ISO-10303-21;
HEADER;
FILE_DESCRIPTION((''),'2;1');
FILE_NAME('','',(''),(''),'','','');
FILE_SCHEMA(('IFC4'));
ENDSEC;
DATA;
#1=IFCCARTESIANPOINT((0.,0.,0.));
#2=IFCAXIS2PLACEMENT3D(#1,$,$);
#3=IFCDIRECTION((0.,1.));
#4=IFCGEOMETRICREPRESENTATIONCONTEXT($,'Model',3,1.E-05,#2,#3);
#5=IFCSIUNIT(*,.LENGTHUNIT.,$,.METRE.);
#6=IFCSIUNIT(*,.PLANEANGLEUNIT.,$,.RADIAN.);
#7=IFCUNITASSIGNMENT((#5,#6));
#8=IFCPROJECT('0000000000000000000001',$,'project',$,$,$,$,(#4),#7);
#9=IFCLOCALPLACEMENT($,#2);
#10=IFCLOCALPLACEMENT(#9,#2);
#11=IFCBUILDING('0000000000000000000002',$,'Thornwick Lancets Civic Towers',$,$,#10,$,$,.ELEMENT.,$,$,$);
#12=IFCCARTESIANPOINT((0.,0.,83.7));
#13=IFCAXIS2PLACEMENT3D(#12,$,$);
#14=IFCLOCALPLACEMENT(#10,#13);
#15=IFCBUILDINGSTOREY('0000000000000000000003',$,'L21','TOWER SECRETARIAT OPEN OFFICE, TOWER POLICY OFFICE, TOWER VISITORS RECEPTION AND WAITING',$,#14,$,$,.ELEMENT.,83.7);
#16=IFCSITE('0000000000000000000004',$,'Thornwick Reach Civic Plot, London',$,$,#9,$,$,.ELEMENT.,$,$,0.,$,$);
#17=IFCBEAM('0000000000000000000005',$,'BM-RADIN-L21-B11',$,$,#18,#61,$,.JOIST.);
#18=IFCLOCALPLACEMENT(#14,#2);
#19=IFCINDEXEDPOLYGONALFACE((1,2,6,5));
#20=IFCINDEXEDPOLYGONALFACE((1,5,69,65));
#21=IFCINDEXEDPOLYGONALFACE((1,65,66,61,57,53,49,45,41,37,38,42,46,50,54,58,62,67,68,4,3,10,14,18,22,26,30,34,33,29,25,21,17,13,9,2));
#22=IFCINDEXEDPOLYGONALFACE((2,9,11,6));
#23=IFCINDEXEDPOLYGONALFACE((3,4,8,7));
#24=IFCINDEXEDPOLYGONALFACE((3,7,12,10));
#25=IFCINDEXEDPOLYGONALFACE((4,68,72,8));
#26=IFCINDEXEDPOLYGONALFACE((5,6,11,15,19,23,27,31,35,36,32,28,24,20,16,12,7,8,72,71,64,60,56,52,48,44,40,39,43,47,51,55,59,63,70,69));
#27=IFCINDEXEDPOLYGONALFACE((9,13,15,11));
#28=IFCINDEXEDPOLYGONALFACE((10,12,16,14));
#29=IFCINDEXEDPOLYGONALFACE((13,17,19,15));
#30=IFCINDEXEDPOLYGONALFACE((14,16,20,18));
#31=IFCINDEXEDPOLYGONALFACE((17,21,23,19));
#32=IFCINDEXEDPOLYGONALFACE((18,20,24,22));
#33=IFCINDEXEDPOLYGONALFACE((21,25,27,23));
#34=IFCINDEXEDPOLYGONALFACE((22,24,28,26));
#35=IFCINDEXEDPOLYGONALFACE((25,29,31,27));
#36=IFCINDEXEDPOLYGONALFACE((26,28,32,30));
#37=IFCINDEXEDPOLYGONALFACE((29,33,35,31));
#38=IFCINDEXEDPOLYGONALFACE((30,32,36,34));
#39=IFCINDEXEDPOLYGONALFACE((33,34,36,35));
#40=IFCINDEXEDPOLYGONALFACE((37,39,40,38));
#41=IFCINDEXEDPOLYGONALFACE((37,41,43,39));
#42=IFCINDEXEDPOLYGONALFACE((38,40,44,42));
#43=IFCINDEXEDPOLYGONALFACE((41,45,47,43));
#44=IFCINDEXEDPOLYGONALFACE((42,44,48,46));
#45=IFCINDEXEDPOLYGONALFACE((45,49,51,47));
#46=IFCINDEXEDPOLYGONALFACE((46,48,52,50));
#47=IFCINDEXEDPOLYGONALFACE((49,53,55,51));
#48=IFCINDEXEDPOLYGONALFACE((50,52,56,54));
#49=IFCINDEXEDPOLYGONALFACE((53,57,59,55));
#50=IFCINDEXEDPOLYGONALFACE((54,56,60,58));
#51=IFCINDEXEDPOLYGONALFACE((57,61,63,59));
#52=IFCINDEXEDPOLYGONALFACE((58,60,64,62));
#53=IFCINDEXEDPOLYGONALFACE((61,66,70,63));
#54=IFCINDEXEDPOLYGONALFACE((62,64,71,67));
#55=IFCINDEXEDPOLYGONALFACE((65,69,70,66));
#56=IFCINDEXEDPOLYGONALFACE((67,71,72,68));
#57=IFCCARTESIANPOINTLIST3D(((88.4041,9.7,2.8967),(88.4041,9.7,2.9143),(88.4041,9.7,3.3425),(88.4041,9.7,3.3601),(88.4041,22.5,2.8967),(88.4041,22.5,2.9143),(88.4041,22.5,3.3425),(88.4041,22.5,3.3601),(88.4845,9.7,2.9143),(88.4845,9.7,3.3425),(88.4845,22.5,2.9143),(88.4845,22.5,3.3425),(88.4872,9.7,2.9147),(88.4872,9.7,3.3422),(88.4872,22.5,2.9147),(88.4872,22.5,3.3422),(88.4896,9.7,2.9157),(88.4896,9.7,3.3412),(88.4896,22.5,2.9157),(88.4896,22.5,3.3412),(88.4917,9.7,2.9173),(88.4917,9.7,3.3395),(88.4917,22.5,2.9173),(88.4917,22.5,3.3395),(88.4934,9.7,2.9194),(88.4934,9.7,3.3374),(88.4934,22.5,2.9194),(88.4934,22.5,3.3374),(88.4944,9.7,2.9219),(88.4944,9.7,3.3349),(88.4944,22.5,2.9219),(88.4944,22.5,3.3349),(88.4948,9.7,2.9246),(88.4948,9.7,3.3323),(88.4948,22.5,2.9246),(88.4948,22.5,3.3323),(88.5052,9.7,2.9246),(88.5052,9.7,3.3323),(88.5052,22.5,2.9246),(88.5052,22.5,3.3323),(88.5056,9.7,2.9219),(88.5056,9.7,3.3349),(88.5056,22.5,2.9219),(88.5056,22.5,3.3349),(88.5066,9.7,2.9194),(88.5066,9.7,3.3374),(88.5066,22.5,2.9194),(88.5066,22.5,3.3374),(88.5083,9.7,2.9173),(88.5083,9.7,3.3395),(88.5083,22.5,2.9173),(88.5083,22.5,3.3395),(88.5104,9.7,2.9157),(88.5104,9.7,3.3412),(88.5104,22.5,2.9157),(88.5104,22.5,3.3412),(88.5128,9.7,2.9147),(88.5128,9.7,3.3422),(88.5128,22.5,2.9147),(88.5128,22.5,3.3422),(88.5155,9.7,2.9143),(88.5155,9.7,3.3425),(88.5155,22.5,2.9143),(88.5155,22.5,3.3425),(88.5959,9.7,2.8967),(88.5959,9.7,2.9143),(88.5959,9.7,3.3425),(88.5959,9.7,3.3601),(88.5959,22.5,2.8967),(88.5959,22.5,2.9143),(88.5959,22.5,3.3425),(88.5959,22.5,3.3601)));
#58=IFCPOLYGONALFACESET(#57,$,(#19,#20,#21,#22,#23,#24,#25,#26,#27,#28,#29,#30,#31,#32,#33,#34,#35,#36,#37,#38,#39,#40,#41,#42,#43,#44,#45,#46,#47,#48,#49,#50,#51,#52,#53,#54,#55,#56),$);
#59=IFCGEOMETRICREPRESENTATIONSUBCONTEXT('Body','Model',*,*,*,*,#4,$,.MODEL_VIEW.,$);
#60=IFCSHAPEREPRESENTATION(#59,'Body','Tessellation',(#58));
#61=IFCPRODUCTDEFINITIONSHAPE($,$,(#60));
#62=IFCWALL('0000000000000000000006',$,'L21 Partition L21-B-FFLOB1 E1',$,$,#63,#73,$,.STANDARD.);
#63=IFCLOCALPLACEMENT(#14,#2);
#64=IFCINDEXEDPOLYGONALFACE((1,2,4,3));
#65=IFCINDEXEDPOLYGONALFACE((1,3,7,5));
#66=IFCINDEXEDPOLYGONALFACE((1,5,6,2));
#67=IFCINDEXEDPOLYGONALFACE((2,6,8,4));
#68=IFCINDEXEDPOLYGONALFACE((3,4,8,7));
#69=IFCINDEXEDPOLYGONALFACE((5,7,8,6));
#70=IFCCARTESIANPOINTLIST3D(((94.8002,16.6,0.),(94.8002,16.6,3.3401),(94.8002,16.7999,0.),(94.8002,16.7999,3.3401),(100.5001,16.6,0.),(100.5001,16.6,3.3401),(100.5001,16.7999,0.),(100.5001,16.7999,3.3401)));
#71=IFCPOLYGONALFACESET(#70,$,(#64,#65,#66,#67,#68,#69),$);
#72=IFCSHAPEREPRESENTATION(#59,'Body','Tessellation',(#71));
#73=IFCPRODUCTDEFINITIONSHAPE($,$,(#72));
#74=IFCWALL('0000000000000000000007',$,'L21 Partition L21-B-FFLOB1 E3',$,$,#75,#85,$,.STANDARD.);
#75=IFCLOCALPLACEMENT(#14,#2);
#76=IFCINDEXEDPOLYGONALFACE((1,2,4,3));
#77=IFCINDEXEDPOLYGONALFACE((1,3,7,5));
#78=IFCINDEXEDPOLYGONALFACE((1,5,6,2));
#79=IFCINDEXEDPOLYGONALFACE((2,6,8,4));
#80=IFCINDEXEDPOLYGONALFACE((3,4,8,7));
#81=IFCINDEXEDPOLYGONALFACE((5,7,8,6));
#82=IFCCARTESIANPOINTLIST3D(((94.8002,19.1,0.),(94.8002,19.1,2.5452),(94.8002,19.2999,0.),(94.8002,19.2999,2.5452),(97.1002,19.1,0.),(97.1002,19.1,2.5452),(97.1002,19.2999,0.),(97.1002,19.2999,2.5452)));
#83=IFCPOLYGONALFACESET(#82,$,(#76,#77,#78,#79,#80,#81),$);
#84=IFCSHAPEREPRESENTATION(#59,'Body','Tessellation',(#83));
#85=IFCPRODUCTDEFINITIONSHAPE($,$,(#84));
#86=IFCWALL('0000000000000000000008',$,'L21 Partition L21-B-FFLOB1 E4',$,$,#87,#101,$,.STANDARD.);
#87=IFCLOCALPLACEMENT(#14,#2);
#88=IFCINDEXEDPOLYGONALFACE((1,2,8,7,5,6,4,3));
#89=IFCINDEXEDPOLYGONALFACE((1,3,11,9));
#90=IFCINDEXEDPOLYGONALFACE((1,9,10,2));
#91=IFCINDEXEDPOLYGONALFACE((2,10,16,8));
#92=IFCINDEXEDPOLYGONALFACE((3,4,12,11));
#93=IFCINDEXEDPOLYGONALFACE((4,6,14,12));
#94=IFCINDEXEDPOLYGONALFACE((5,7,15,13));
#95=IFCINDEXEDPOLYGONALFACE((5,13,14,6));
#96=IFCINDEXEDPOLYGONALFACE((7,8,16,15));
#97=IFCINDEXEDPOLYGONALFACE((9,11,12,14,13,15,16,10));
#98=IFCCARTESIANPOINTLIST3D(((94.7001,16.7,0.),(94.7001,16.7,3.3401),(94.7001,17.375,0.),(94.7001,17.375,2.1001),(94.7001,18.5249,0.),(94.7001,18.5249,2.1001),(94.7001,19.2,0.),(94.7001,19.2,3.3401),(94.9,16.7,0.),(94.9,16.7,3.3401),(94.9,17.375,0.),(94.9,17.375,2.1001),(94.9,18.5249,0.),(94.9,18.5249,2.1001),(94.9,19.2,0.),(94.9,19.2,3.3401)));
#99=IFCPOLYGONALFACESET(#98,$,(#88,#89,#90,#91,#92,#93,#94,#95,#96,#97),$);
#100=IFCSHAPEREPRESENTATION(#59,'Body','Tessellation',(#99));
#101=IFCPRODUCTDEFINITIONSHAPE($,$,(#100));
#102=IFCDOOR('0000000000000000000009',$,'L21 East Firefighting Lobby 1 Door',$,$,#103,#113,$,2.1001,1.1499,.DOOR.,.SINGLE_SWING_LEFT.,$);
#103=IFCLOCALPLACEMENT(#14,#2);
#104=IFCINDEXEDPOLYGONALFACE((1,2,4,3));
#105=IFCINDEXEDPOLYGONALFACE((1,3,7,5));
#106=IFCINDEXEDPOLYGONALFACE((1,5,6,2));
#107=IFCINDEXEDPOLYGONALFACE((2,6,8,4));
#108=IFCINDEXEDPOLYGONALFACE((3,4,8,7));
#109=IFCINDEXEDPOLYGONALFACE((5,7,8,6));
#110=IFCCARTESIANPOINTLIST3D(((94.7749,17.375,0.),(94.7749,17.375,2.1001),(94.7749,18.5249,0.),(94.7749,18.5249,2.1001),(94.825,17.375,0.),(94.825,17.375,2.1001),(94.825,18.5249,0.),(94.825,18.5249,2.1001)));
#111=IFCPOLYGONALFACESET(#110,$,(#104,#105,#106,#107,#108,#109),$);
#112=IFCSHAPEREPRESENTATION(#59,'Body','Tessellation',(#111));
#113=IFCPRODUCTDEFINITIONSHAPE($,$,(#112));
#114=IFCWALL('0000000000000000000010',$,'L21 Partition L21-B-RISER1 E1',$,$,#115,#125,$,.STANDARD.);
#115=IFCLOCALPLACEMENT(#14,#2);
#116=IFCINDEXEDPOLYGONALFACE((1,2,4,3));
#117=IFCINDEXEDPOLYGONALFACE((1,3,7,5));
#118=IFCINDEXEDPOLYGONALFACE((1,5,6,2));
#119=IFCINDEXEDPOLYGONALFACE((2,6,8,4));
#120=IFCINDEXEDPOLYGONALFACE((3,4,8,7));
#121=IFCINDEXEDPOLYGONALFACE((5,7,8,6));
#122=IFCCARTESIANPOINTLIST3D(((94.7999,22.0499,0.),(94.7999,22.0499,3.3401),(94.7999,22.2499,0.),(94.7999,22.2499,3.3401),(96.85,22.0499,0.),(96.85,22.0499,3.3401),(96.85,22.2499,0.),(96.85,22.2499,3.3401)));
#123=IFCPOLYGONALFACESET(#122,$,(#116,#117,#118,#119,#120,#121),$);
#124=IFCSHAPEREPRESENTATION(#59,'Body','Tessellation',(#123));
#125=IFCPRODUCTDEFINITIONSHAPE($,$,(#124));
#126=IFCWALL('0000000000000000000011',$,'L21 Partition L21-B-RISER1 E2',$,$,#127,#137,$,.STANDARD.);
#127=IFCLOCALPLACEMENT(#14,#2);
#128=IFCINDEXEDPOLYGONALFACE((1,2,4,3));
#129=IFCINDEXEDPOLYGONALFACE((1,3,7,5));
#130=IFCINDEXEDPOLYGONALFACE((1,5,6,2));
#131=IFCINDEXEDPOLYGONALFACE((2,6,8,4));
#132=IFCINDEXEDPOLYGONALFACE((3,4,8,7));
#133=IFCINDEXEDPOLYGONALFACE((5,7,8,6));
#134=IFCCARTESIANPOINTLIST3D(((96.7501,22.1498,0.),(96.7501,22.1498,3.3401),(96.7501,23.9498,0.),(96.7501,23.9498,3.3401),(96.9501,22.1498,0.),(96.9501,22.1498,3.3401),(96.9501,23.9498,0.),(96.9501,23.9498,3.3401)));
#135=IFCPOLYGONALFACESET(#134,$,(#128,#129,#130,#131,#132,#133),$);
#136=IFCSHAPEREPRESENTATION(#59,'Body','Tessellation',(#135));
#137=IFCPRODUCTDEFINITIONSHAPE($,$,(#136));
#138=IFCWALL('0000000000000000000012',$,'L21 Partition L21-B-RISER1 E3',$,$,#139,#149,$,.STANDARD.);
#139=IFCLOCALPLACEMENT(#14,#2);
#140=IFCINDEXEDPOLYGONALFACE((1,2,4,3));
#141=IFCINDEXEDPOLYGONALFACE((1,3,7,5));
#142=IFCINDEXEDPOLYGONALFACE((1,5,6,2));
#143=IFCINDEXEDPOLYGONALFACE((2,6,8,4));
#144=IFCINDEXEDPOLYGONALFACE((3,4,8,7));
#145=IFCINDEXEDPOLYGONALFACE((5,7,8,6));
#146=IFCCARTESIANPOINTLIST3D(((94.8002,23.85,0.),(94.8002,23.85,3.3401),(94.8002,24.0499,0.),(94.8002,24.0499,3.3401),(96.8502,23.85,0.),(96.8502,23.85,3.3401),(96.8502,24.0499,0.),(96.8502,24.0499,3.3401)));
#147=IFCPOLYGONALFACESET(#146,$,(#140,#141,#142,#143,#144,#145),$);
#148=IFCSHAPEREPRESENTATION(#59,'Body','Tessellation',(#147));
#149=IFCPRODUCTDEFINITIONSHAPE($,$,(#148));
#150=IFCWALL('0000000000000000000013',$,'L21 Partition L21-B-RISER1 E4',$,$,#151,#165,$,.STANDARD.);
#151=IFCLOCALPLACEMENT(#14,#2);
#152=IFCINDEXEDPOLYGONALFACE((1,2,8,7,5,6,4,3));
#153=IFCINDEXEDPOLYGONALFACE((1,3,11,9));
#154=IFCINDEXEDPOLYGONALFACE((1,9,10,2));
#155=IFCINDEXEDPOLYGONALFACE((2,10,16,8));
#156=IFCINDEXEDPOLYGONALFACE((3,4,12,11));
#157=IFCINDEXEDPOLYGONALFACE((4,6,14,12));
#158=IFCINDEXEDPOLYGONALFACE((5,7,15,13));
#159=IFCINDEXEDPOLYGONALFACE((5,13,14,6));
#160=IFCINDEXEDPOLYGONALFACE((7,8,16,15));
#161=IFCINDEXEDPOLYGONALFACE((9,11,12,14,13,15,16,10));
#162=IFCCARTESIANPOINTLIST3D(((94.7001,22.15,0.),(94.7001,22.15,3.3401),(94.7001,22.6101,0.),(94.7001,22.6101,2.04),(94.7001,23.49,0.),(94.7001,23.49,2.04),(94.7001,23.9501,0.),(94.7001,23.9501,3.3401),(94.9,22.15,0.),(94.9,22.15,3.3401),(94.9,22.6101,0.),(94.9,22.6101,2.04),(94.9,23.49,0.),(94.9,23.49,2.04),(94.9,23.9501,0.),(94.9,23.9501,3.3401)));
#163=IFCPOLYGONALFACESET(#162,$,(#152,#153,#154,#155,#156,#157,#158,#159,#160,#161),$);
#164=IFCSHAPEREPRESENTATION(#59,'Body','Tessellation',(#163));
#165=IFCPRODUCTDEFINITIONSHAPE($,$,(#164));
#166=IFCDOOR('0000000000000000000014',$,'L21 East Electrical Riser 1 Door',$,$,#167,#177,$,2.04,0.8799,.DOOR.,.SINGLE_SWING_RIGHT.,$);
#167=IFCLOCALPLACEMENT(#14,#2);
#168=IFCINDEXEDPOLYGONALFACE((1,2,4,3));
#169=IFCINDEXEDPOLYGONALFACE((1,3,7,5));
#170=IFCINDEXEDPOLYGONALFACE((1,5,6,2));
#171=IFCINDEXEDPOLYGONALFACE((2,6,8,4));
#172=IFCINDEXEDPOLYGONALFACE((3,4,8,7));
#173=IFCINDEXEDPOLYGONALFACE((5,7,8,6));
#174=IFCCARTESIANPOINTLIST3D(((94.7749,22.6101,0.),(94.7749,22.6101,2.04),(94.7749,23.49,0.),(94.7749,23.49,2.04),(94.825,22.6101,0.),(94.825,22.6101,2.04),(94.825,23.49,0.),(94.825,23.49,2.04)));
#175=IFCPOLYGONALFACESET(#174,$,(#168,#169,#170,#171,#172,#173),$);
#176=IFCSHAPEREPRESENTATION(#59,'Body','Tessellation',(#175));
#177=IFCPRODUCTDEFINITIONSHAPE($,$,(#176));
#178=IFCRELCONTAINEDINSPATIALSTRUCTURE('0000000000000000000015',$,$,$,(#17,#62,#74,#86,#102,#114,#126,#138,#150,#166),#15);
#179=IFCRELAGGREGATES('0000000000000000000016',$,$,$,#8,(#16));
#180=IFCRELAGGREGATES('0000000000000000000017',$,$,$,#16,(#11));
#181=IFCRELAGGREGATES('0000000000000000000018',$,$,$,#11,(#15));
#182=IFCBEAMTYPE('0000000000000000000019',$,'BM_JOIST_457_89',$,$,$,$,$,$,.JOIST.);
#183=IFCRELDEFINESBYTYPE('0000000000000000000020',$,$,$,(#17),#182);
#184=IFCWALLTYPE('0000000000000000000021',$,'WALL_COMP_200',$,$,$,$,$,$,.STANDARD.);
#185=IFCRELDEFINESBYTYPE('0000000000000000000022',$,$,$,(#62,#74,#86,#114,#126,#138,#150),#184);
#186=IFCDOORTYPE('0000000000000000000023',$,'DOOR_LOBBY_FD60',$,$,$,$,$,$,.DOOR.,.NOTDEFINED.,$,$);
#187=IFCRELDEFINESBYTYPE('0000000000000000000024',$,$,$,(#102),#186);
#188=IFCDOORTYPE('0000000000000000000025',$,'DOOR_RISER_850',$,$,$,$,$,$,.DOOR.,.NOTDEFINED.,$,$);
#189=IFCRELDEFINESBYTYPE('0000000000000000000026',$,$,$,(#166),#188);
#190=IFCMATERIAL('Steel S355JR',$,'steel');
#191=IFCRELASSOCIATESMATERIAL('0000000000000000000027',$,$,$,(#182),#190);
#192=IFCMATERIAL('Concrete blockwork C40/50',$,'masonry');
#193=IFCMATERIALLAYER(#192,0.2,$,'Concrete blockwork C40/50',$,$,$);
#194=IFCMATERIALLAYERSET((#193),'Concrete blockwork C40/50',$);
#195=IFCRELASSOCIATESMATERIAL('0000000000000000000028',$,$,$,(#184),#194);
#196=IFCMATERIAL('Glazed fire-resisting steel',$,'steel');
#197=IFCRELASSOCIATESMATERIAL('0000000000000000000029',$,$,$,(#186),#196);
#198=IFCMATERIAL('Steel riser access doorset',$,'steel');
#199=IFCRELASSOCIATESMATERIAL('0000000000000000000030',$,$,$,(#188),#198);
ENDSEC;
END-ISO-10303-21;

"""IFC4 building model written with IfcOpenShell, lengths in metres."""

from ifc_helpers import new_model, si_unit, direction, frame, frame_2d, origin, origin_2d, place, context, subcontext, project, spatial, rectangle, i_section, extrude, material, layer, layer_set, material_profile, profile_set, type_object, element, fill, save


model = new_model("IFC4")

# Units and contexts
model_context = context("Model", 3, precision=1e-05, world=origin(), true_north=direction((0.0, 1.0)))
body_context = subcontext(model_context, "Body", "Model", "MODEL_VIEW")
ifc_project = project(units=[si_unit("LENGTHUNIT", "METRE"), si_unit("PLANEANGLEUNIT", "RADIAN")], contexts=[model_context])

# Site, building, storey
site_placement = place(None, origin())
site = spatial("IfcSite", under=ifc_project, at=site_placement, Name="Thornwick Reach Civic Plot, London", CompositionType="ELEMENT", RefElevation=0.0)
building_placement = place(site_placement, origin())
building = spatial("IfcBuilding", under=site, at=building_placement, Name="Thornwick Lancets Civic Towers", CompositionType="ELEMENT")
storey_placement = place(building_placement, frame((0.0, 0.0, 83.7)))
storey = spatial("IfcBuildingStorey", under=building, at=storey_placement, Name="L21", Description="TOWER SECRETARIAT OPEN OFFICE, TOWER POLICY OFFICE, TOWER VISITORS RECEPTION AND WAITING", CompositionType="ELEMENT", Elevation=83.7)

# Beam
ifc_material_1 = material(Name="Steel S355JR", Category="steel")
ifc_material_profile_1 = material_profile(ifc_material_1, i_section(OverallWidth=0.1919, OverallDepth=0.4634, WebThickness=0.0105, FlangeThickness=0.0176, FilletRadius=0.0103, at=origin_2d()), Name="UKB 457x191x89")
ifc_profile_set_1 = profile_set([ifc_material_profile_1], Name="Steel S355JR")
beam_type_1 = type_object("IfcBeamType", Name="BM_JOIST_457_89", PredefinedType="JOIST", material=ifc_profile_set_1)
for number, where, z_axis, x_axis, name in (
    (1, (88.5, 22.5, 3.1284), (0.0, -1.0, 0.0), (1.0, 0.0, 0.0), "BM-RADIN-L21-B11"),
):
    element("IfcBeam", number, at=place(storey_placement, frame(where, z_axis=z_axis, x_axis=x_axis)), inside=storey, type_object=beam_type_1, Name=name, PredefinedType="JOIST", context=body_context, shape_type="SweptSolid", body=[
        extrude(i_section(OverallWidth=0.1919, OverallDepth=0.4634, WebThickness=0.0105, FlangeThickness=0.0176, FilletRadius=0.0103, at=origin_2d()), origin(), (0.0, 0.0, 1.0), 12.8),
    ])

# Walls
ifc_material_2 = material(Name="Concrete blockwork C40/50", Category="masonry")
ifc_layer_1 = layer(ifc_material_2, 0.2, Name="Concrete blockwork C40/50")
ifc_layer_set_1 = layer_set([ifc_layer_1], Name="Concrete blockwork C40/50")
wall_type_1 = type_object("IfcWallType", Name="WALL_COMP_200", PredefinedType="STANDARD", material=ifc_layer_set_1)
wall_1_placement = place(storey_placement, frame((94.8, 16.7, 0.0), z_axis=(0.0, 0.0, 1.0), x_axis=(1.0, 0.0, 0.0)))
element("IfcWall", 2, at=wall_1_placement, inside=storey, type_object=wall_type_1, Name="L21 Partition L21-B-FFLOB1 E1", PredefinedType="STANDARD", context=body_context, shape_type="SweptSolid", body=[
    extrude(rectangle(XDim=5.7, YDim=0.2, at=frame_2d((2.8501, 0.0))), origin(), (0.0, 0.0, 1.0), 3.3401),
])
wall_2_placement = place(storey_placement, frame((97.1001, 19.2, 0.0), z_axis=(0.0, 0.0, 1.0), x_axis=(-1.0, 0.0, 0.0)))
element("IfcWall", 3, at=wall_2_placement, inside=storey, type_object=wall_type_1, Name="L21 Partition L21-B-FFLOB1 E3", PredefinedType="STANDARD", context=body_context, shape_type="SweptSolid", body=[
    extrude(rectangle(XDim=2.3, YDim=0.2, at=frame_2d((1.1499, 0.0))), origin(), (0.0, 0.0, 1.0), 2.5452),
])

# Wall, opening, door
wall_3_placement = place(storey_placement, frame((94.8, 19.2, 0.0), z_axis=(0.0, 0.0, 1.0), x_axis=(0.0, -1.0, 0.0)))
wall_3 = element("IfcWall", 4, at=wall_3_placement, inside=storey, type_object=wall_type_1, Name="L21 Partition L21-B-FFLOB1 E4", PredefinedType="STANDARD", context=body_context, shape_type="SweptSolid", body=[
    extrude(rectangle(XDim=2.5, YDim=0.2, at=frame_2d((1.25, 0.0))), origin(), (0.0, 0.0, 1.0), 3.3401),
])
opening_1_placement = place(wall_3_placement, frame((0.675, 0.0, 0.0)))
opening_1 = element("IfcOpeningElement", 5, at=opening_1_placement, cuts=wall_3, PredefinedType="OPENING", context=body_context, shape_type="SweptSolid", body=[
    extrude(rectangle(XDim=1.1499, YDim=2.1001, at=frame_2d((0.575, 1.05))), frame((0.0, 0.1099, 0.0), z_axis=(0.0, -1.0, 0.0), x_axis=(1.0, 0.0, 0.0)), (0.0, 0.0, 1.0), 0.22),
])
ifc_material_3 = material(Name="Glazed fire-resisting steel", Category="steel")
door_type_1 = type_object("IfcDoorType", Name="DOOR_LOBBY_FD60", OperationType="NOTDEFINED", PredefinedType="DOOR", material=ifc_material_3)
door_1_placement = place(opening_1_placement, origin())
door_1 = element("IfcDoor", 6, at=door_1_placement, inside=storey, type_object=door_type_1, Name="L21 East Firefighting Lobby 1 Door", OperationType="SINGLE_SWING_LEFT", OverallHeight=2.1001, OverallWidth=1.1499, PredefinedType="DOOR", context=body_context, shape_type="SweptSolid", body=[
    extrude(rectangle(XDim=1.1499, YDim=2.1001, at=frame_2d((0.575, 1.05))), frame((0.0, 0.0249, 0.0), z_axis=(0.0, -1.0, 0.0), x_axis=(1.0, 0.0, 0.0)), (0.0, 0.0, 1.0), 0.05),
])
fill(opening_1, door_1)

# Walls
wall_4_placement = place(storey_placement, frame((94.8, 22.1499, 0.0), z_axis=(0.0, 0.0, 1.0), x_axis=(1.0, 0.0, 0.0)))
element("IfcWall", 7, at=wall_4_placement, inside=storey, type_object=wall_type_1, Name="L21 Partition L21-B-RISER1 E1", PredefinedType="STANDARD", context=body_context, shape_type="SweptSolid", body=[
    extrude(rectangle(XDim=2.05, YDim=0.2, at=frame_2d((1.0249, 0.0))), origin(), (0.0, 0.0, 1.0), 3.3401),
])
wall_5_placement = place(storey_placement, frame((96.8501, 22.1499, 0.0), z_axis=(0.0, 0.0, 1.0), x_axis=(0.0, 1.0, 0.0)))
element("IfcWall", 8, at=wall_5_placement, inside=storey, type_object=wall_type_1, Name="L21 Partition L21-B-RISER1 E2", PredefinedType="STANDARD", context=body_context, shape_type="SweptSolid", body=[
    extrude(rectangle(XDim=1.8, YDim=0.2, at=frame_2d((0.8999, 0.0))), origin(), (0.0, 0.0, 1.0), 3.3401),
])
wall_6_placement = place(storey_placement, frame((96.8501, 23.95, 0.0), z_axis=(0.0, 0.0, 1.0), x_axis=(-1.0, 0.0, 0.0)))
element("IfcWall", 9, at=wall_6_placement, inside=storey, type_object=wall_type_1, Name="L21 Partition L21-B-RISER1 E3", PredefinedType="STANDARD", context=body_context, shape_type="SweptSolid", body=[
    extrude(rectangle(XDim=2.05, YDim=0.2, at=frame_2d((1.0249, 0.0))), origin(), (0.0, 0.0, 1.0), 3.3401),
])

# Wall, opening, door
wall_7_placement = place(storey_placement, frame((94.8, 23.95, 0.0), z_axis=(0.0, 0.0, 1.0), x_axis=(0.0, -1.0, 0.0)))
wall_7 = element("IfcWall", 10, at=wall_7_placement, inside=storey, type_object=wall_type_1, Name="L21 Partition L21-B-RISER1 E4", PredefinedType="STANDARD", context=body_context, shape_type="SweptSolid", body=[
    extrude(rectangle(XDim=1.8, YDim=0.2, at=frame_2d((0.8999, 0.0))), origin(), (0.0, 0.0, 1.0), 3.3401),
])
opening_2_placement = place(wall_7_placement, frame((0.46, 0.0, 0.0)))
opening_2 = element("IfcOpeningElement", 11, at=opening_2_placement, cuts=wall_7, PredefinedType="OPENING", context=body_context, shape_type="SweptSolid", body=[
    extrude(rectangle(XDim=0.8799, YDim=2.04, at=frame_2d((0.4399, 1.02))), frame((0.0, 0.1099, 0.0), z_axis=(0.0, -1.0, 0.0), x_axis=(1.0, 0.0, 0.0)), (0.0, 0.0, 1.0), 0.22),
])
ifc_material_4 = material(Name="Steel riser access doorset", Category="steel")
door_type_2 = type_object("IfcDoorType", Name="DOOR_RISER_850", OperationType="NOTDEFINED", PredefinedType="DOOR", material=ifc_material_4)
door_2_placement = place(opening_2_placement, origin())
door_2 = element("IfcDoor", 12, at=door_2_placement, inside=storey, type_object=door_type_2, Name="L21 East Electrical Riser 1 Door", OperationType="SINGLE_SWING_RIGHT", OverallHeight=2.04, OverallWidth=0.8799, PredefinedType="DOOR", context=body_context, shape_type="SweptSolid", body=[
    extrude(rectangle(XDim=0.8799, YDim=2.04, at=frame_2d((0.4399, 1.02))), frame((0.0, 0.0249, 0.0), z_axis=(0.0, -1.0, 0.0), x_axis=(1.0, 0.0, 0.0)), (0.0, 0.0, 1.0), 0.05),
])
fill(opening_2, door_2)

save(model, "model.ifc")
